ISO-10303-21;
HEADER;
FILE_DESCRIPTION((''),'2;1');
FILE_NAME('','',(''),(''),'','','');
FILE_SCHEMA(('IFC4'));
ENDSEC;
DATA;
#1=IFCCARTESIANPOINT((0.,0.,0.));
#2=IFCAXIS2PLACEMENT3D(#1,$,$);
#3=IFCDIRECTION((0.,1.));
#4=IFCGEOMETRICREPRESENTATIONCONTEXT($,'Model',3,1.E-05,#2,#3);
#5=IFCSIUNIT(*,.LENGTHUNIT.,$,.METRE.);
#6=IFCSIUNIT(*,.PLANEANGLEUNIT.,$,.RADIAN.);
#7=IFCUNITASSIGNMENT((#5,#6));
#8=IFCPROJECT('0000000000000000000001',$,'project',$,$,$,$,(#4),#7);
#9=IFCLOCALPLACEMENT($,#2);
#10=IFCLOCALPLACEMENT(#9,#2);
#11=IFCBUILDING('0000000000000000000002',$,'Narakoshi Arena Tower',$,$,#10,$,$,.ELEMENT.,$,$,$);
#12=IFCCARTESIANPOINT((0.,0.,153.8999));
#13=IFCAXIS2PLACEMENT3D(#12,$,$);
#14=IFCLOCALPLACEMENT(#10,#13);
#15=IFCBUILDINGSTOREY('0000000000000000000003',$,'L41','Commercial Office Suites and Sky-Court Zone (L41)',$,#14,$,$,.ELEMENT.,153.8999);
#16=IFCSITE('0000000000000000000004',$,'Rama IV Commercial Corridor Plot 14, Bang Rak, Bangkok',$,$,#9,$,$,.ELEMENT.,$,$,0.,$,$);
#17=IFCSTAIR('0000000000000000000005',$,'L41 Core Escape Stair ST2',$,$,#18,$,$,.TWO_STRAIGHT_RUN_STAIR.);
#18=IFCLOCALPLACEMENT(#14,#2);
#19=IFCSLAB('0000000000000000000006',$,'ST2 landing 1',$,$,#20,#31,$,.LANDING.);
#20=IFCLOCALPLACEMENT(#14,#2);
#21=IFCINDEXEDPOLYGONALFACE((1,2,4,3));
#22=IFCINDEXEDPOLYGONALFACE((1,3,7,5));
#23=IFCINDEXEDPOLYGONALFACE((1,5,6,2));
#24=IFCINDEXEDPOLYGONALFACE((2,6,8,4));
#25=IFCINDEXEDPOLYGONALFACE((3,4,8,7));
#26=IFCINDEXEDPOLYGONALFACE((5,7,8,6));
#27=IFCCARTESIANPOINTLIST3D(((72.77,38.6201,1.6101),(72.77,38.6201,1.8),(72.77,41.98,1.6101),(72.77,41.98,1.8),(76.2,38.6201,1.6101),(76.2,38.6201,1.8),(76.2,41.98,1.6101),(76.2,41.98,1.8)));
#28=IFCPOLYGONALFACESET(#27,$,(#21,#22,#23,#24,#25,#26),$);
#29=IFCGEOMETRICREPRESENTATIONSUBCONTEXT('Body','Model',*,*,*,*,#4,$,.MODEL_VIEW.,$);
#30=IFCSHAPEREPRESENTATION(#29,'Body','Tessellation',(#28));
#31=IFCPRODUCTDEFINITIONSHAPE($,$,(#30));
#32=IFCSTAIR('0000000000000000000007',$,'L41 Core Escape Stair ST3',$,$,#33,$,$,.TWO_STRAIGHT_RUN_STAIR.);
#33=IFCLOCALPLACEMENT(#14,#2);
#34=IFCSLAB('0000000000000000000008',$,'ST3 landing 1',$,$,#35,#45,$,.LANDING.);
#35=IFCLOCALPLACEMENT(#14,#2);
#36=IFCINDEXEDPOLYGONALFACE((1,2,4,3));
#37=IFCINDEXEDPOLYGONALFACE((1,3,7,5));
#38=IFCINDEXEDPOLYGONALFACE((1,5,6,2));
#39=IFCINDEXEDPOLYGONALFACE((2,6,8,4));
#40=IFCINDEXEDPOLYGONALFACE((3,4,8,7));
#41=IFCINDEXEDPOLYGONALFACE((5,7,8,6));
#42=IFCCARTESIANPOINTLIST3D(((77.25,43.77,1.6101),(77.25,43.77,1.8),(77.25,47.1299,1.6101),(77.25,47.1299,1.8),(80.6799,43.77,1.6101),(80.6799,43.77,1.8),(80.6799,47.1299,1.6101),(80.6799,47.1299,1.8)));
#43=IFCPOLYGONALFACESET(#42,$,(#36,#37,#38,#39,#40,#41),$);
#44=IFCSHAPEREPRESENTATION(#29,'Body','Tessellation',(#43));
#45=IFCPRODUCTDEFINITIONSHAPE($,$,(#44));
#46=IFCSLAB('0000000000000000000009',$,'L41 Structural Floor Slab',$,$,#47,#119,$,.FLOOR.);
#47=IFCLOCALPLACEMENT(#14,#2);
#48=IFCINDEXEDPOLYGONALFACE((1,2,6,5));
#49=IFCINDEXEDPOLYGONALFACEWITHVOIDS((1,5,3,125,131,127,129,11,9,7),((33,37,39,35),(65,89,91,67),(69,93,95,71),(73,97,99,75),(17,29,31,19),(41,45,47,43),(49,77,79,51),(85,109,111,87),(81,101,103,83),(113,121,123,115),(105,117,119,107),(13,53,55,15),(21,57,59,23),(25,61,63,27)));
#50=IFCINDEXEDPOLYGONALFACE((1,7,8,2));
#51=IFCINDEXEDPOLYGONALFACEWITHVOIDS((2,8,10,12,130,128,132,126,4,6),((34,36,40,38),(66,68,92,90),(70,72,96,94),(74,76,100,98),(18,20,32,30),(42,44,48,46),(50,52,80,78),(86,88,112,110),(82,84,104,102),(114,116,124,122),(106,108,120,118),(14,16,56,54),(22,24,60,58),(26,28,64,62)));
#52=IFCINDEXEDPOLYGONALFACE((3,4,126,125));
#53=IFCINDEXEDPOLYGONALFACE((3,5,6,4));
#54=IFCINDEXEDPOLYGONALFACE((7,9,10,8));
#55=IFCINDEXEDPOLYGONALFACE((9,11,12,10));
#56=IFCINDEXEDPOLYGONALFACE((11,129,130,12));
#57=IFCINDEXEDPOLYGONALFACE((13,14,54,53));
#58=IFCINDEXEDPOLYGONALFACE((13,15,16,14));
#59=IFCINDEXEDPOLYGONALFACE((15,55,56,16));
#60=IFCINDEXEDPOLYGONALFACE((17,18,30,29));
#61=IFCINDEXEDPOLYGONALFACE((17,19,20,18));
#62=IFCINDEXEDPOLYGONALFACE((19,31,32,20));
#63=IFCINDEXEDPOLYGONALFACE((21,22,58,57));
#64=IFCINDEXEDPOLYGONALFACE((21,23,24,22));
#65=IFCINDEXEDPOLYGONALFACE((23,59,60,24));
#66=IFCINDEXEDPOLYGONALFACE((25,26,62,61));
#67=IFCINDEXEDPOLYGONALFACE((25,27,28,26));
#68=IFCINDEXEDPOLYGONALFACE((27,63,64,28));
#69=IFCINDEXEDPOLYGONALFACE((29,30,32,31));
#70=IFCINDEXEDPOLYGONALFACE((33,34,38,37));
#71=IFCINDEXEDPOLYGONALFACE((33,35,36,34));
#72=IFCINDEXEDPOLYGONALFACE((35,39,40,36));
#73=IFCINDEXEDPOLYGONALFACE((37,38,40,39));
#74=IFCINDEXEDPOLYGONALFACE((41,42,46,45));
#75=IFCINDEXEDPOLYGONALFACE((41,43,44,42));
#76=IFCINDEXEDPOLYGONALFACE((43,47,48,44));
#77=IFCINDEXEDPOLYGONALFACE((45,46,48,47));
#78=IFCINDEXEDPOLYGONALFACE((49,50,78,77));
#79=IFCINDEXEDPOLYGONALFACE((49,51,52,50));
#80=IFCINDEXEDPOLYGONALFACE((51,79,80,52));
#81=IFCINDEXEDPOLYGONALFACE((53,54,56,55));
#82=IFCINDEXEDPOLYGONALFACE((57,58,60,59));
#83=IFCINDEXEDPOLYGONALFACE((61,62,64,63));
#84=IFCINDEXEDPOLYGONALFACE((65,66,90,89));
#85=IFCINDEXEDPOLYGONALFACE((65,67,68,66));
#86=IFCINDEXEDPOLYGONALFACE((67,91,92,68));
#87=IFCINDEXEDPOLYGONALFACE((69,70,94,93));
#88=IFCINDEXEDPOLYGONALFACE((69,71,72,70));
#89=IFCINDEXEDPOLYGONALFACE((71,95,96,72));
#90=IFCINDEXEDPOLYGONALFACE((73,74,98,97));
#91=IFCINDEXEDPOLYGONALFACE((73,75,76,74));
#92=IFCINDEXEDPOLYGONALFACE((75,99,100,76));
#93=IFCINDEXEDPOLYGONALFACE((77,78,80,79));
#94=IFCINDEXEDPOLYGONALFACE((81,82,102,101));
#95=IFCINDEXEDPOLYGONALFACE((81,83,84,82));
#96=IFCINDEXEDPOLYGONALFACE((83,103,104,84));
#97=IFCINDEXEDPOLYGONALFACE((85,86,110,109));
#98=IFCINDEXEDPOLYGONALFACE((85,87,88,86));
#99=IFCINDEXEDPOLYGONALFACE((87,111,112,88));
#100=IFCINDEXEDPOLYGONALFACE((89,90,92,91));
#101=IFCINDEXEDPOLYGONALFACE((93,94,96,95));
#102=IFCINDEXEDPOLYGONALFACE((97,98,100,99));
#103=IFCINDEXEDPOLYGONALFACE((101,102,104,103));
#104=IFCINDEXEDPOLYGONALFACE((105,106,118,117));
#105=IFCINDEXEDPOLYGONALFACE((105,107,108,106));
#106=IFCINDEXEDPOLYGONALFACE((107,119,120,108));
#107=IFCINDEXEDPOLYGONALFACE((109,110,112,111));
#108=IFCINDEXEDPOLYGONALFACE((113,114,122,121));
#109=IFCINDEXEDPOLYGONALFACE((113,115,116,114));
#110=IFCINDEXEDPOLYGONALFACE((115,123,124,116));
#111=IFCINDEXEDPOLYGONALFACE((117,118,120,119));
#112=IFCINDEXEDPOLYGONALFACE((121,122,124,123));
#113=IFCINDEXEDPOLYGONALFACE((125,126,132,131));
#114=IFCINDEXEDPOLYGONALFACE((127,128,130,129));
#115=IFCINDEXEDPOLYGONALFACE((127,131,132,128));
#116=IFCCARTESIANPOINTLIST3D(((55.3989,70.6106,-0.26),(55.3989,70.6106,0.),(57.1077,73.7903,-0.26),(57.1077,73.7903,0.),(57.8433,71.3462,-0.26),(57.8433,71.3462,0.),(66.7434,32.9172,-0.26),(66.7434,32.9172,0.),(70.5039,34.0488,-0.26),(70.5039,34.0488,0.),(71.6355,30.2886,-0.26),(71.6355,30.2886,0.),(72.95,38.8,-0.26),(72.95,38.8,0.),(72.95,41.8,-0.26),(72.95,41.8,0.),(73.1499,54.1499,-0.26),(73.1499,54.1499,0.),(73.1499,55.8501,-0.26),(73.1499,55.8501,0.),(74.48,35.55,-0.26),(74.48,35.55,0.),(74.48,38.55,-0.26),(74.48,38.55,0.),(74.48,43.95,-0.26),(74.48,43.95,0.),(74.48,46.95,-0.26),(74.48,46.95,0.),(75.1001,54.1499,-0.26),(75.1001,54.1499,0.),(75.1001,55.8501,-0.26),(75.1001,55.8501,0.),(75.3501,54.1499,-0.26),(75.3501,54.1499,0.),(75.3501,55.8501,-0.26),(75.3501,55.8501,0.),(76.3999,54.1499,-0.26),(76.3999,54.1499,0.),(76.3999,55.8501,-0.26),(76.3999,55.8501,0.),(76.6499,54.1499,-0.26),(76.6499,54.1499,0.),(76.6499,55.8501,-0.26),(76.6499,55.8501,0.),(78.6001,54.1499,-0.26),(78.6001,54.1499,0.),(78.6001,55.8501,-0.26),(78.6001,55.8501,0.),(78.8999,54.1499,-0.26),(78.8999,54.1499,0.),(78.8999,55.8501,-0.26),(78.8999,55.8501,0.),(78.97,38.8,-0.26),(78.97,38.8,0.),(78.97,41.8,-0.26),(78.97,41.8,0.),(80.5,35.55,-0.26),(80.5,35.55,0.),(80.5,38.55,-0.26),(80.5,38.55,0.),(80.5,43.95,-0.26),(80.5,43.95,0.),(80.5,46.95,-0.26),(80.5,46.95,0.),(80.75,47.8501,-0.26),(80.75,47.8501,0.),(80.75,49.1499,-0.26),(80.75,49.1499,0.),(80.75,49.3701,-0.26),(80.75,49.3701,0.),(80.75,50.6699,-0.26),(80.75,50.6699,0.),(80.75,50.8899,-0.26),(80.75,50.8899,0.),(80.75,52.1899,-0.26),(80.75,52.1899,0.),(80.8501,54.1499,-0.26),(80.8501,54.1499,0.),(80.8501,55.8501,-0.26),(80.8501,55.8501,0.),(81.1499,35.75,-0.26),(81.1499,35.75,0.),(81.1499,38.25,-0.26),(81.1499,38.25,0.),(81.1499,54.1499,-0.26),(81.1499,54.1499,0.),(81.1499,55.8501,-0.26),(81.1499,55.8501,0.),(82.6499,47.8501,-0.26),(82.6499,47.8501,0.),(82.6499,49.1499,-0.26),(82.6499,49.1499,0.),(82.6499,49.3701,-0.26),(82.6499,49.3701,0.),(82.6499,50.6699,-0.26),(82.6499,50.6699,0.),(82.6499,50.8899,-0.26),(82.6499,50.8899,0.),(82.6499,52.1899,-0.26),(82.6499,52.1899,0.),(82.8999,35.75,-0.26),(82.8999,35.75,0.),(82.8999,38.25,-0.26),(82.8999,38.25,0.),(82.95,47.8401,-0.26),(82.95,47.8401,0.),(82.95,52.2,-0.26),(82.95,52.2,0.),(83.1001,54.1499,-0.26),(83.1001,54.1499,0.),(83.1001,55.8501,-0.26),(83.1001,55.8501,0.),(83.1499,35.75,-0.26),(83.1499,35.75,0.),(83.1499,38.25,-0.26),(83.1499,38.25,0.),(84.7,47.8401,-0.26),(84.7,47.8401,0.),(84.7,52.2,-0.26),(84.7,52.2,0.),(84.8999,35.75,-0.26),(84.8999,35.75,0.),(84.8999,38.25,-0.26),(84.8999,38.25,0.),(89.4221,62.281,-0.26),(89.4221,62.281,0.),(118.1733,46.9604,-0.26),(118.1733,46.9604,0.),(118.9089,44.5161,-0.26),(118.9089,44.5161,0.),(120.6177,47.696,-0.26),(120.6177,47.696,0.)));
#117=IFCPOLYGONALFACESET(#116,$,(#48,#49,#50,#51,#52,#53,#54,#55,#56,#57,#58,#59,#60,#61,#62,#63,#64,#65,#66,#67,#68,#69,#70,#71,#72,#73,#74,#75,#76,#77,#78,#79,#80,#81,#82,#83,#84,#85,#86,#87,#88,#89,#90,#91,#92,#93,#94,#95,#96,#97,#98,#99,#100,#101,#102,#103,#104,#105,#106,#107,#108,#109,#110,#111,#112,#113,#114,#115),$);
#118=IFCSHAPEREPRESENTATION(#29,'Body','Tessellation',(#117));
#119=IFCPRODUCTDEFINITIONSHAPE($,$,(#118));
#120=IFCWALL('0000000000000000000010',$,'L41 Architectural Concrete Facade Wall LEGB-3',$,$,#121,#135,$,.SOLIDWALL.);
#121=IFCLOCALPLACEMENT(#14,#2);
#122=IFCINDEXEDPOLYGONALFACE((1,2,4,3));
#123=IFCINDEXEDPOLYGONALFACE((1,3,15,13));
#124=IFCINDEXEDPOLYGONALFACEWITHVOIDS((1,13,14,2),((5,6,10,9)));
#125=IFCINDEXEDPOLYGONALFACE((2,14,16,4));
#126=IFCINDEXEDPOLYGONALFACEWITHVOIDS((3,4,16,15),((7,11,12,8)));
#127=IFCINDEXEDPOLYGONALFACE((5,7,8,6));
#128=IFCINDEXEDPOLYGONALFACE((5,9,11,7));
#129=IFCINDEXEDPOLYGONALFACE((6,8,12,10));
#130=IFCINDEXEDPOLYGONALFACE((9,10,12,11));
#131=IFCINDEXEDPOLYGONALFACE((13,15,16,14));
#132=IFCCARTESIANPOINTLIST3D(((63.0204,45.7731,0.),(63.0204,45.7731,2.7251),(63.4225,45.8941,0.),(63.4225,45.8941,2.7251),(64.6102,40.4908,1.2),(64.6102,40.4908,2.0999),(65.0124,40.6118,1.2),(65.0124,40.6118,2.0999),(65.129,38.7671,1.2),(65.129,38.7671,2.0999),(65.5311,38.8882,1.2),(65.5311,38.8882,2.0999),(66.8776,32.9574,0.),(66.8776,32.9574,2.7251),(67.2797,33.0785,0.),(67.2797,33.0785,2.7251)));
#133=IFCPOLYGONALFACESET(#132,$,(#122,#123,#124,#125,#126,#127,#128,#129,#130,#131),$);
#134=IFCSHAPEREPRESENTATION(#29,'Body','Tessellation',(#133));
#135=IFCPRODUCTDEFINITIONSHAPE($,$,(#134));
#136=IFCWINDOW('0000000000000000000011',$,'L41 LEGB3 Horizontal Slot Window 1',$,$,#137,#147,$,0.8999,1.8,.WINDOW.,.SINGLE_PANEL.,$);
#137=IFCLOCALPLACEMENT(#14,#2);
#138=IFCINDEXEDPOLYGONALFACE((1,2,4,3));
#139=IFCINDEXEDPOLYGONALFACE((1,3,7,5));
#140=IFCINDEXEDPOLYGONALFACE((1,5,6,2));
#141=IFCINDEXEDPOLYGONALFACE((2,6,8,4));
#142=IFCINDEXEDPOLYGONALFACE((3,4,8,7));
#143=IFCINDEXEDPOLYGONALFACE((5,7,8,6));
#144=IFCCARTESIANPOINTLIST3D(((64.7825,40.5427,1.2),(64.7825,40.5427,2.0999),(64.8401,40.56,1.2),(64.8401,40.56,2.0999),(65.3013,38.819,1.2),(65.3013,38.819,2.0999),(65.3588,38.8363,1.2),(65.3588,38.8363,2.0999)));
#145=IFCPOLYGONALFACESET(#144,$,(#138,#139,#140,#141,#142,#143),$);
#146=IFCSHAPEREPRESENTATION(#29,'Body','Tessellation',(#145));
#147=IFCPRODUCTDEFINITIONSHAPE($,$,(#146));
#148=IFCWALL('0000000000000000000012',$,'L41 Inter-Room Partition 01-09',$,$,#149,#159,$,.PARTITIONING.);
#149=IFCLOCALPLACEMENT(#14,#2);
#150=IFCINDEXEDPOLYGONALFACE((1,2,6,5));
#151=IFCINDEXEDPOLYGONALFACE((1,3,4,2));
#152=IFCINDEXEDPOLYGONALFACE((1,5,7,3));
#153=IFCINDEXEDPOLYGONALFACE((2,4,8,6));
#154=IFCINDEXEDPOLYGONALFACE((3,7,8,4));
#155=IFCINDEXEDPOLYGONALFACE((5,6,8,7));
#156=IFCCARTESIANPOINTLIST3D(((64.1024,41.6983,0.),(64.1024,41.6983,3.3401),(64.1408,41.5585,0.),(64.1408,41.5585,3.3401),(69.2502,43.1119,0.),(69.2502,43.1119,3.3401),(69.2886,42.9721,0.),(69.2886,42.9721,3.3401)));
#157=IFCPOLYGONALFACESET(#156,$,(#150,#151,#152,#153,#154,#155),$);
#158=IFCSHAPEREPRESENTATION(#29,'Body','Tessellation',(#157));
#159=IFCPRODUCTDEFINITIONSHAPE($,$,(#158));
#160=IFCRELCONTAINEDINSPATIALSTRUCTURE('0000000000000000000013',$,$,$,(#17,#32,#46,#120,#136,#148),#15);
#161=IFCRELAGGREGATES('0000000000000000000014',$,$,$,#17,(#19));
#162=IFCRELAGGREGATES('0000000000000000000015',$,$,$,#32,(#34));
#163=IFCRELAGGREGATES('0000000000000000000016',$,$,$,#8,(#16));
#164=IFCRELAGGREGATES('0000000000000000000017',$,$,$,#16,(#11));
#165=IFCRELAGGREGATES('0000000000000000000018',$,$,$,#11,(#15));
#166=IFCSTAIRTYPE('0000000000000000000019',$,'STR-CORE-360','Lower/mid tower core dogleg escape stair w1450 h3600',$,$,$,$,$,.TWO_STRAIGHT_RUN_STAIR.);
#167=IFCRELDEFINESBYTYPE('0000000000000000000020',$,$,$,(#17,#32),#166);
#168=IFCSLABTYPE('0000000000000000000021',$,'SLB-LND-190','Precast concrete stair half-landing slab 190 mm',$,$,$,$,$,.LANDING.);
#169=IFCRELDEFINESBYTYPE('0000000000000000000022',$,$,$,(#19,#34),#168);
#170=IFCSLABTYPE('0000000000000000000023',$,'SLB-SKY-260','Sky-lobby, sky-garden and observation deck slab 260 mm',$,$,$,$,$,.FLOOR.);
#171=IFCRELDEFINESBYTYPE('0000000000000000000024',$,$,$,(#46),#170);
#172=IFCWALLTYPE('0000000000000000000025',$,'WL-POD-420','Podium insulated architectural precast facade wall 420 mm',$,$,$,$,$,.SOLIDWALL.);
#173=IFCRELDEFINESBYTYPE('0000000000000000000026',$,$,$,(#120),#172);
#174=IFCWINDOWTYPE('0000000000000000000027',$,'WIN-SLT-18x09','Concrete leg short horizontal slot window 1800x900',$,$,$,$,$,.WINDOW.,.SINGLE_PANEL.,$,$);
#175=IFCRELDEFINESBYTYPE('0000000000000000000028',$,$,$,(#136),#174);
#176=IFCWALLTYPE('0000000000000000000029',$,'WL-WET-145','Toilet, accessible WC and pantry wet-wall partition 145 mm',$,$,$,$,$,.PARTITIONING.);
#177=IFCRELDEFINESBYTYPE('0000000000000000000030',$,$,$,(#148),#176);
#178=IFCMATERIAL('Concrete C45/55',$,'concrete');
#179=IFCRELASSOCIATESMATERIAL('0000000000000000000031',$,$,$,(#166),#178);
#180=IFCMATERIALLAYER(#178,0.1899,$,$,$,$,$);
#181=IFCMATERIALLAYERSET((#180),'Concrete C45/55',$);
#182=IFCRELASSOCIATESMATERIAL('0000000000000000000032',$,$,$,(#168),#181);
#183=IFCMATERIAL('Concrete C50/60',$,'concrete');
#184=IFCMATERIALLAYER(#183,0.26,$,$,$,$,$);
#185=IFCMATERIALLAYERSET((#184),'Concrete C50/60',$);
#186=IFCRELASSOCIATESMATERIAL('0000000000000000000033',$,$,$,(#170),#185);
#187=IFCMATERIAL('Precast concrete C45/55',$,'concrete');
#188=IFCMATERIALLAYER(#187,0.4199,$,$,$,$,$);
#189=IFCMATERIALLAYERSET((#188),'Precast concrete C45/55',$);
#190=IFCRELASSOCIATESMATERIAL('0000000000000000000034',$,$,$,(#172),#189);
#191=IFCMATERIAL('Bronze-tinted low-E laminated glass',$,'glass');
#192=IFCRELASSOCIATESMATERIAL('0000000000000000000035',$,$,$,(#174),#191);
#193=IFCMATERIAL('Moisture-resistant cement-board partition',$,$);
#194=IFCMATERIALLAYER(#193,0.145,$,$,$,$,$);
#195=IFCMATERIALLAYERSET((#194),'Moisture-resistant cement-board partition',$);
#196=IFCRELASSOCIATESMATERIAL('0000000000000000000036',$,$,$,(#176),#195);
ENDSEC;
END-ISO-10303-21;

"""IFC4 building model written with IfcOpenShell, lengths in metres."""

from ifc_helpers import new_model, si_unit, direction, frame, frame_2d, origin, place, context, subcontext, project, spatial, polyline, rectangle, outline, extrude, material, layer, layer_set, type_object, element, fill, aggregate, save


model = new_model("IFC4")

# Units and contexts
model_context = context("Model", 3, precision=1e-05, world=origin(), true_north=direction((0.0, 1.0)))
body_context = subcontext(model_context, "Body", "Model", "MODEL_VIEW")
ifc_project = project(units=[si_unit("LENGTHUNIT", "METRE"), si_unit("PLANEANGLEUNIT", "RADIAN")], contexts=[model_context])

# Site, building, storey
site_placement = place(None, origin())
site = spatial("IfcSite", under=ifc_project, at=site_placement, Name="Rama IV Commercial Corridor Plot 14, Bang Rak, Bangkok", CompositionType="ELEMENT", RefElevation=0.0)
building_placement = place(site_placement, origin())
building = spatial("IfcBuilding", under=site, at=building_placement, Name="Narakoshi Arena Tower", CompositionType="ELEMENT")
storey_placement = place(building_placement, frame((0.0, 0.0, 153.8999)))
storey = spatial("IfcBuildingStorey", under=building, at=storey_placement, Name="L41", Description="Commercial Office Suites and Sky-Court Zone (L41)", CompositionType="ELEMENT", Elevation=153.8999)

# Stairs, slabs
ifc_material_1 = material(Name="Concrete C45/55", Category="concrete")
stair_type = type_object("IfcStairType", Name="STR-CORE-360", Description="Lower/mid tower core dogleg escape stair w1450 h3600", PredefinedType="TWO_STRAIGHT_RUN_STAIR", material=ifc_material_1)
ifc_layer_1 = layer(ifc_material_1, 0.1899)
ifc_layer_set_1 = layer_set([ifc_layer_1], Name="Concrete C45/55")
slab_type_1 = type_object("IfcSlabType", Name="SLB-LND-190", Description="Precast concrete stair half-landing slab 190 mm", PredefinedType="LANDING", material=ifc_layer_set_1)
stair_1_placement = place(storey_placement, origin())
stair_1 = element("IfcStair", 1, at=stair_1_placement, inside=storey, type_object=stair_type, Name="L41 Core Escape Stair ST2", PredefinedType="TWO_STRAIGHT_RUN_STAIR")
slab_1_placement = place(storey_placement, frame((0.0, 0.0, 1.6101)))
slab_1 = element("IfcSlab", 2, at=slab_1_placement, type_object=slab_type_1, Name="ST2 landing 1", PredefinedType="LANDING", context=body_context, shape_type="SweptSolid", body=[
    extrude(outline(polyline([(72.77, 38.6201), (76.2, 38.6201), (76.2, 41.98), (72.77, 41.98), (72.77, 38.6201)])), origin(), (0.0, 0.0, 1.0), 0.1899),
])
aggregate(stair_1, [slab_1])
stair_2_placement = place(storey_placement, origin())
stair_2 = element("IfcStair", 3, at=stair_2_placement, inside=storey, type_object=stair_type, Name="L41 Core Escape Stair ST3", PredefinedType="TWO_STRAIGHT_RUN_STAIR")
slab_2_placement = place(storey_placement, frame((0.0, 0.0, 1.6101)))
slab_2 = element("IfcSlab", 4, at=slab_2_placement, type_object=slab_type_1, Name="ST3 landing 1", PredefinedType="LANDING", context=body_context, shape_type="SweptSolid", body=[
    extrude(outline(polyline([(77.25, 43.77), (80.6799, 43.77), (80.6799, 47.1299), (77.25, 47.1299), (77.25, 43.77)])), origin(), (0.0, 0.0, 1.0), 0.1899),
])
aggregate(stair_2, [slab_2])

# Slab
ifc_material_2 = material(Name="Concrete C50/60", Category="concrete")
ifc_layer_2 = layer(ifc_material_2, 0.26)
ifc_layer_set_2 = layer_set([ifc_layer_2], Name="Concrete C50/60")
slab_type_2 = type_object("IfcSlabType", Name="SLB-SKY-260", Description="Sky-lobby, sky-garden and observation deck slab 260 mm", PredefinedType="FLOOR", material=ifc_layer_set_2)
slab_3_placement = place(storey_placement, frame((0.0, 0.0, -0.26)))
element("IfcSlab", 5, at=slab_3_placement, inside=storey, type_object=slab_type_2, Name="L41 Structural Floor Slab", PredefinedType="FLOOR", context=body_context, shape_type="SweptSolid", body=[
    extrude(outline(polyline([(71.6355, 30.2886), (118.9089, 44.5161), (118.1733, 46.9604), (120.6177, 47.696), (89.4221, 62.281), (57.1077, 73.7903), (57.8433, 71.3462), (55.3989, 70.6106), (66.7434, 32.9172), (70.5039, 34.0488), (71.6355, 30.2886)]), holes=[polyline([(80.5, 35.55), (74.48, 35.55), (74.48, 38.55), (80.5, 38.55), (80.5, 35.55)]), polyline([(82.8999, 35.75), (81.1499, 35.75), (81.1499, 38.25), (82.8999, 38.25), (82.8999, 35.75)]), polyline([(83.1499, 35.75), (83.1499, 38.25), (84.8999, 38.25), (84.8999, 35.75), (83.1499, 35.75)]), polyline([(72.95, 38.8), (72.95, 41.8), (78.97, 41.8), (78.97, 38.8), (72.95, 38.8)]), polyline([(74.48, 43.95), (74.48, 46.95), (80.5, 46.95), (80.5, 43.95), (74.48, 43.95)]), polyline([(82.95, 47.8401), (82.95, 52.2), (84.7, 52.2), (84.7, 47.8401), (82.95, 47.8401)]), polyline([(80.75, 47.8501), (80.75, 49.1499), (82.6499, 49.1499), (82.6499, 47.8501), (80.75, 47.8501)]), polyline([(80.75, 49.3701), (80.75, 50.6699), (82.6499, 50.6699), (82.6499, 49.3701), (80.75, 49.3701)]), polyline([(80.75, 50.8899), (80.75, 52.1899), (82.6499, 52.1899), (82.6499, 50.8899), (80.75, 50.8899)]), polyline([(73.1499, 54.1499), (73.1499, 55.8501), (75.1001, 55.8501), (75.1001, 54.1499), (73.1499, 54.1499)]), polyline([(75.3501, 54.1499), (75.3501, 55.8501), (76.3999, 55.8501), (76.3999, 54.1499), (75.3501, 54.1499)]), polyline([(76.6499, 54.1499), (76.6499, 55.8501), (78.6001, 55.8501), (78.6001, 54.1499), (76.6499, 54.1499)]), polyline([(78.8999, 54.1499), (78.8999, 55.8501), (80.8501, 55.8501), (80.8501, 54.1499), (78.8999, 54.1499)]), polyline([(81.1499, 54.1499), (81.1499, 55.8501), (83.1001, 55.8501), (83.1001, 54.1499), (81.1499, 54.1499)])]), origin(), (0.0, 0.0, 1.0), 0.26),
])

# Wall, opening, window
ifc_material_3 = material(Name="Precast concrete C45/55", Category="concrete")
ifc_layer_3 = layer(ifc_material_3, 0.4199)
ifc_layer_set_3 = layer_set([ifc_layer_3], Name="Precast concrete C45/55")
wall_type_1 = type_object("IfcWallType", Name="WL-POD-420", Description="Podium insulated architectural precast facade wall 420 mm", PredefinedType="SOLIDWALL", material=ifc_layer_set_3)
wall_1_placement = place(storey_placement, frame((63.2214, 45.8337, 0.0), z_axis=(0.0, 0.0, 1.0), x_axis=(0.288203, -0.957569, 0.0)))
wall_1 = element("IfcWall", 6, at=wall_1_placement, inside=storey, type_object=wall_type_1, Name="L41 Architectural Concrete Facade Wall LEGB-3", PredefinedType="SOLIDWALL", context=body_context, shape_type="SweptSolid", body=[
    extrude(rectangle(XDim=13.3835, YDim=0.4199, at=frame_2d((6.6919, 0.0))), origin(), (0.0, 0.0, 1.0), 2.7251),
])
opening_placement = place(wall_1_placement, frame((5.5166, 0.0, 1.2)))
opening = element("IfcOpeningElement", 7, at=opening_placement, cuts=wall_1, PredefinedType="OPENING", context=body_context, shape_type="SweptSolid", body=[
    extrude(rectangle(XDim=1.8, YDim=0.8999, at=frame_2d((0.8999, 0.45))), frame((0.0, 0.22, 0.0), z_axis=(0.0, -1.0, 0.0), x_axis=(1.0, 0.0, 0.0)), (0.0, 0.0, 1.0), 0.4399),
])
ifc_material_4 = material(Name="Bronze-tinted low-E laminated glass", Category="glass")
window_type = type_object("IfcWindowType", Name="WIN-SLT-18x09", Description="Concrete leg short horizontal slot window 1800x900", PartitioningType="SINGLE_PANEL", PredefinedType="WINDOW", material=ifc_material_4)
window_placement = place(opening_placement, origin())
window = element("IfcWindow", 8, at=window_placement, inside=storey, type_object=window_type, Name="L41 LEGB3 Horizontal Slot Window 1", OverallHeight=0.8999, OverallWidth=1.8, PartitioningType="SINGLE_PANEL", PredefinedType="WINDOW", context=body_context, shape_type="SweptSolid", body=[
    extrude(rectangle(XDim=1.8, YDim=0.8999, at=frame_2d((0.8999, 0.45))), frame((0.0, 0.03, 0.0), z_axis=(0.0, -1.0, 0.0), x_axis=(1.0, 0.0, 0.0)), (0.0, 0.0, 1.0), 0.0601),
])
fill(opening, window)

# Wall
ifc_material_5 = material(Name="Moisture-resistant cement-board partition")
ifc_layer_4 = layer(ifc_material_5, 0.145)
ifc_layer_set_4 = layer_set([ifc_layer_4], Name="Moisture-resistant cement-board partition")
wall_type_2 = type_object("IfcWallType", Name="WL-WET-145", Description="Toilet, accessible WC and pantry wet-wall partition 145 mm", PredefinedType="PARTITIONING", material=ifc_layer_set_4)
wall_2_placement = place(storey_placement, frame((64.1216, 41.6284, 0.0), z_axis=(0.0, 0.0, 1.0), x_axis=(0.964303, 0.2648, 0.0)))
element("IfcWall", 9, at=wall_2_placement, inside=storey, type_object=wall_type_2, Name="L41 Inter-Room Partition 01-09", PredefinedType="PARTITIONING", context=body_context, shape_type="SweptSolid", body=[
    extrude(rectangle(XDim=5.3384, YDim=0.145, at=frame_2d((2.6692, 0.0))), origin(), (0.0, 0.0, 1.0), 3.3401),
])

save(model, "model.ifc")
